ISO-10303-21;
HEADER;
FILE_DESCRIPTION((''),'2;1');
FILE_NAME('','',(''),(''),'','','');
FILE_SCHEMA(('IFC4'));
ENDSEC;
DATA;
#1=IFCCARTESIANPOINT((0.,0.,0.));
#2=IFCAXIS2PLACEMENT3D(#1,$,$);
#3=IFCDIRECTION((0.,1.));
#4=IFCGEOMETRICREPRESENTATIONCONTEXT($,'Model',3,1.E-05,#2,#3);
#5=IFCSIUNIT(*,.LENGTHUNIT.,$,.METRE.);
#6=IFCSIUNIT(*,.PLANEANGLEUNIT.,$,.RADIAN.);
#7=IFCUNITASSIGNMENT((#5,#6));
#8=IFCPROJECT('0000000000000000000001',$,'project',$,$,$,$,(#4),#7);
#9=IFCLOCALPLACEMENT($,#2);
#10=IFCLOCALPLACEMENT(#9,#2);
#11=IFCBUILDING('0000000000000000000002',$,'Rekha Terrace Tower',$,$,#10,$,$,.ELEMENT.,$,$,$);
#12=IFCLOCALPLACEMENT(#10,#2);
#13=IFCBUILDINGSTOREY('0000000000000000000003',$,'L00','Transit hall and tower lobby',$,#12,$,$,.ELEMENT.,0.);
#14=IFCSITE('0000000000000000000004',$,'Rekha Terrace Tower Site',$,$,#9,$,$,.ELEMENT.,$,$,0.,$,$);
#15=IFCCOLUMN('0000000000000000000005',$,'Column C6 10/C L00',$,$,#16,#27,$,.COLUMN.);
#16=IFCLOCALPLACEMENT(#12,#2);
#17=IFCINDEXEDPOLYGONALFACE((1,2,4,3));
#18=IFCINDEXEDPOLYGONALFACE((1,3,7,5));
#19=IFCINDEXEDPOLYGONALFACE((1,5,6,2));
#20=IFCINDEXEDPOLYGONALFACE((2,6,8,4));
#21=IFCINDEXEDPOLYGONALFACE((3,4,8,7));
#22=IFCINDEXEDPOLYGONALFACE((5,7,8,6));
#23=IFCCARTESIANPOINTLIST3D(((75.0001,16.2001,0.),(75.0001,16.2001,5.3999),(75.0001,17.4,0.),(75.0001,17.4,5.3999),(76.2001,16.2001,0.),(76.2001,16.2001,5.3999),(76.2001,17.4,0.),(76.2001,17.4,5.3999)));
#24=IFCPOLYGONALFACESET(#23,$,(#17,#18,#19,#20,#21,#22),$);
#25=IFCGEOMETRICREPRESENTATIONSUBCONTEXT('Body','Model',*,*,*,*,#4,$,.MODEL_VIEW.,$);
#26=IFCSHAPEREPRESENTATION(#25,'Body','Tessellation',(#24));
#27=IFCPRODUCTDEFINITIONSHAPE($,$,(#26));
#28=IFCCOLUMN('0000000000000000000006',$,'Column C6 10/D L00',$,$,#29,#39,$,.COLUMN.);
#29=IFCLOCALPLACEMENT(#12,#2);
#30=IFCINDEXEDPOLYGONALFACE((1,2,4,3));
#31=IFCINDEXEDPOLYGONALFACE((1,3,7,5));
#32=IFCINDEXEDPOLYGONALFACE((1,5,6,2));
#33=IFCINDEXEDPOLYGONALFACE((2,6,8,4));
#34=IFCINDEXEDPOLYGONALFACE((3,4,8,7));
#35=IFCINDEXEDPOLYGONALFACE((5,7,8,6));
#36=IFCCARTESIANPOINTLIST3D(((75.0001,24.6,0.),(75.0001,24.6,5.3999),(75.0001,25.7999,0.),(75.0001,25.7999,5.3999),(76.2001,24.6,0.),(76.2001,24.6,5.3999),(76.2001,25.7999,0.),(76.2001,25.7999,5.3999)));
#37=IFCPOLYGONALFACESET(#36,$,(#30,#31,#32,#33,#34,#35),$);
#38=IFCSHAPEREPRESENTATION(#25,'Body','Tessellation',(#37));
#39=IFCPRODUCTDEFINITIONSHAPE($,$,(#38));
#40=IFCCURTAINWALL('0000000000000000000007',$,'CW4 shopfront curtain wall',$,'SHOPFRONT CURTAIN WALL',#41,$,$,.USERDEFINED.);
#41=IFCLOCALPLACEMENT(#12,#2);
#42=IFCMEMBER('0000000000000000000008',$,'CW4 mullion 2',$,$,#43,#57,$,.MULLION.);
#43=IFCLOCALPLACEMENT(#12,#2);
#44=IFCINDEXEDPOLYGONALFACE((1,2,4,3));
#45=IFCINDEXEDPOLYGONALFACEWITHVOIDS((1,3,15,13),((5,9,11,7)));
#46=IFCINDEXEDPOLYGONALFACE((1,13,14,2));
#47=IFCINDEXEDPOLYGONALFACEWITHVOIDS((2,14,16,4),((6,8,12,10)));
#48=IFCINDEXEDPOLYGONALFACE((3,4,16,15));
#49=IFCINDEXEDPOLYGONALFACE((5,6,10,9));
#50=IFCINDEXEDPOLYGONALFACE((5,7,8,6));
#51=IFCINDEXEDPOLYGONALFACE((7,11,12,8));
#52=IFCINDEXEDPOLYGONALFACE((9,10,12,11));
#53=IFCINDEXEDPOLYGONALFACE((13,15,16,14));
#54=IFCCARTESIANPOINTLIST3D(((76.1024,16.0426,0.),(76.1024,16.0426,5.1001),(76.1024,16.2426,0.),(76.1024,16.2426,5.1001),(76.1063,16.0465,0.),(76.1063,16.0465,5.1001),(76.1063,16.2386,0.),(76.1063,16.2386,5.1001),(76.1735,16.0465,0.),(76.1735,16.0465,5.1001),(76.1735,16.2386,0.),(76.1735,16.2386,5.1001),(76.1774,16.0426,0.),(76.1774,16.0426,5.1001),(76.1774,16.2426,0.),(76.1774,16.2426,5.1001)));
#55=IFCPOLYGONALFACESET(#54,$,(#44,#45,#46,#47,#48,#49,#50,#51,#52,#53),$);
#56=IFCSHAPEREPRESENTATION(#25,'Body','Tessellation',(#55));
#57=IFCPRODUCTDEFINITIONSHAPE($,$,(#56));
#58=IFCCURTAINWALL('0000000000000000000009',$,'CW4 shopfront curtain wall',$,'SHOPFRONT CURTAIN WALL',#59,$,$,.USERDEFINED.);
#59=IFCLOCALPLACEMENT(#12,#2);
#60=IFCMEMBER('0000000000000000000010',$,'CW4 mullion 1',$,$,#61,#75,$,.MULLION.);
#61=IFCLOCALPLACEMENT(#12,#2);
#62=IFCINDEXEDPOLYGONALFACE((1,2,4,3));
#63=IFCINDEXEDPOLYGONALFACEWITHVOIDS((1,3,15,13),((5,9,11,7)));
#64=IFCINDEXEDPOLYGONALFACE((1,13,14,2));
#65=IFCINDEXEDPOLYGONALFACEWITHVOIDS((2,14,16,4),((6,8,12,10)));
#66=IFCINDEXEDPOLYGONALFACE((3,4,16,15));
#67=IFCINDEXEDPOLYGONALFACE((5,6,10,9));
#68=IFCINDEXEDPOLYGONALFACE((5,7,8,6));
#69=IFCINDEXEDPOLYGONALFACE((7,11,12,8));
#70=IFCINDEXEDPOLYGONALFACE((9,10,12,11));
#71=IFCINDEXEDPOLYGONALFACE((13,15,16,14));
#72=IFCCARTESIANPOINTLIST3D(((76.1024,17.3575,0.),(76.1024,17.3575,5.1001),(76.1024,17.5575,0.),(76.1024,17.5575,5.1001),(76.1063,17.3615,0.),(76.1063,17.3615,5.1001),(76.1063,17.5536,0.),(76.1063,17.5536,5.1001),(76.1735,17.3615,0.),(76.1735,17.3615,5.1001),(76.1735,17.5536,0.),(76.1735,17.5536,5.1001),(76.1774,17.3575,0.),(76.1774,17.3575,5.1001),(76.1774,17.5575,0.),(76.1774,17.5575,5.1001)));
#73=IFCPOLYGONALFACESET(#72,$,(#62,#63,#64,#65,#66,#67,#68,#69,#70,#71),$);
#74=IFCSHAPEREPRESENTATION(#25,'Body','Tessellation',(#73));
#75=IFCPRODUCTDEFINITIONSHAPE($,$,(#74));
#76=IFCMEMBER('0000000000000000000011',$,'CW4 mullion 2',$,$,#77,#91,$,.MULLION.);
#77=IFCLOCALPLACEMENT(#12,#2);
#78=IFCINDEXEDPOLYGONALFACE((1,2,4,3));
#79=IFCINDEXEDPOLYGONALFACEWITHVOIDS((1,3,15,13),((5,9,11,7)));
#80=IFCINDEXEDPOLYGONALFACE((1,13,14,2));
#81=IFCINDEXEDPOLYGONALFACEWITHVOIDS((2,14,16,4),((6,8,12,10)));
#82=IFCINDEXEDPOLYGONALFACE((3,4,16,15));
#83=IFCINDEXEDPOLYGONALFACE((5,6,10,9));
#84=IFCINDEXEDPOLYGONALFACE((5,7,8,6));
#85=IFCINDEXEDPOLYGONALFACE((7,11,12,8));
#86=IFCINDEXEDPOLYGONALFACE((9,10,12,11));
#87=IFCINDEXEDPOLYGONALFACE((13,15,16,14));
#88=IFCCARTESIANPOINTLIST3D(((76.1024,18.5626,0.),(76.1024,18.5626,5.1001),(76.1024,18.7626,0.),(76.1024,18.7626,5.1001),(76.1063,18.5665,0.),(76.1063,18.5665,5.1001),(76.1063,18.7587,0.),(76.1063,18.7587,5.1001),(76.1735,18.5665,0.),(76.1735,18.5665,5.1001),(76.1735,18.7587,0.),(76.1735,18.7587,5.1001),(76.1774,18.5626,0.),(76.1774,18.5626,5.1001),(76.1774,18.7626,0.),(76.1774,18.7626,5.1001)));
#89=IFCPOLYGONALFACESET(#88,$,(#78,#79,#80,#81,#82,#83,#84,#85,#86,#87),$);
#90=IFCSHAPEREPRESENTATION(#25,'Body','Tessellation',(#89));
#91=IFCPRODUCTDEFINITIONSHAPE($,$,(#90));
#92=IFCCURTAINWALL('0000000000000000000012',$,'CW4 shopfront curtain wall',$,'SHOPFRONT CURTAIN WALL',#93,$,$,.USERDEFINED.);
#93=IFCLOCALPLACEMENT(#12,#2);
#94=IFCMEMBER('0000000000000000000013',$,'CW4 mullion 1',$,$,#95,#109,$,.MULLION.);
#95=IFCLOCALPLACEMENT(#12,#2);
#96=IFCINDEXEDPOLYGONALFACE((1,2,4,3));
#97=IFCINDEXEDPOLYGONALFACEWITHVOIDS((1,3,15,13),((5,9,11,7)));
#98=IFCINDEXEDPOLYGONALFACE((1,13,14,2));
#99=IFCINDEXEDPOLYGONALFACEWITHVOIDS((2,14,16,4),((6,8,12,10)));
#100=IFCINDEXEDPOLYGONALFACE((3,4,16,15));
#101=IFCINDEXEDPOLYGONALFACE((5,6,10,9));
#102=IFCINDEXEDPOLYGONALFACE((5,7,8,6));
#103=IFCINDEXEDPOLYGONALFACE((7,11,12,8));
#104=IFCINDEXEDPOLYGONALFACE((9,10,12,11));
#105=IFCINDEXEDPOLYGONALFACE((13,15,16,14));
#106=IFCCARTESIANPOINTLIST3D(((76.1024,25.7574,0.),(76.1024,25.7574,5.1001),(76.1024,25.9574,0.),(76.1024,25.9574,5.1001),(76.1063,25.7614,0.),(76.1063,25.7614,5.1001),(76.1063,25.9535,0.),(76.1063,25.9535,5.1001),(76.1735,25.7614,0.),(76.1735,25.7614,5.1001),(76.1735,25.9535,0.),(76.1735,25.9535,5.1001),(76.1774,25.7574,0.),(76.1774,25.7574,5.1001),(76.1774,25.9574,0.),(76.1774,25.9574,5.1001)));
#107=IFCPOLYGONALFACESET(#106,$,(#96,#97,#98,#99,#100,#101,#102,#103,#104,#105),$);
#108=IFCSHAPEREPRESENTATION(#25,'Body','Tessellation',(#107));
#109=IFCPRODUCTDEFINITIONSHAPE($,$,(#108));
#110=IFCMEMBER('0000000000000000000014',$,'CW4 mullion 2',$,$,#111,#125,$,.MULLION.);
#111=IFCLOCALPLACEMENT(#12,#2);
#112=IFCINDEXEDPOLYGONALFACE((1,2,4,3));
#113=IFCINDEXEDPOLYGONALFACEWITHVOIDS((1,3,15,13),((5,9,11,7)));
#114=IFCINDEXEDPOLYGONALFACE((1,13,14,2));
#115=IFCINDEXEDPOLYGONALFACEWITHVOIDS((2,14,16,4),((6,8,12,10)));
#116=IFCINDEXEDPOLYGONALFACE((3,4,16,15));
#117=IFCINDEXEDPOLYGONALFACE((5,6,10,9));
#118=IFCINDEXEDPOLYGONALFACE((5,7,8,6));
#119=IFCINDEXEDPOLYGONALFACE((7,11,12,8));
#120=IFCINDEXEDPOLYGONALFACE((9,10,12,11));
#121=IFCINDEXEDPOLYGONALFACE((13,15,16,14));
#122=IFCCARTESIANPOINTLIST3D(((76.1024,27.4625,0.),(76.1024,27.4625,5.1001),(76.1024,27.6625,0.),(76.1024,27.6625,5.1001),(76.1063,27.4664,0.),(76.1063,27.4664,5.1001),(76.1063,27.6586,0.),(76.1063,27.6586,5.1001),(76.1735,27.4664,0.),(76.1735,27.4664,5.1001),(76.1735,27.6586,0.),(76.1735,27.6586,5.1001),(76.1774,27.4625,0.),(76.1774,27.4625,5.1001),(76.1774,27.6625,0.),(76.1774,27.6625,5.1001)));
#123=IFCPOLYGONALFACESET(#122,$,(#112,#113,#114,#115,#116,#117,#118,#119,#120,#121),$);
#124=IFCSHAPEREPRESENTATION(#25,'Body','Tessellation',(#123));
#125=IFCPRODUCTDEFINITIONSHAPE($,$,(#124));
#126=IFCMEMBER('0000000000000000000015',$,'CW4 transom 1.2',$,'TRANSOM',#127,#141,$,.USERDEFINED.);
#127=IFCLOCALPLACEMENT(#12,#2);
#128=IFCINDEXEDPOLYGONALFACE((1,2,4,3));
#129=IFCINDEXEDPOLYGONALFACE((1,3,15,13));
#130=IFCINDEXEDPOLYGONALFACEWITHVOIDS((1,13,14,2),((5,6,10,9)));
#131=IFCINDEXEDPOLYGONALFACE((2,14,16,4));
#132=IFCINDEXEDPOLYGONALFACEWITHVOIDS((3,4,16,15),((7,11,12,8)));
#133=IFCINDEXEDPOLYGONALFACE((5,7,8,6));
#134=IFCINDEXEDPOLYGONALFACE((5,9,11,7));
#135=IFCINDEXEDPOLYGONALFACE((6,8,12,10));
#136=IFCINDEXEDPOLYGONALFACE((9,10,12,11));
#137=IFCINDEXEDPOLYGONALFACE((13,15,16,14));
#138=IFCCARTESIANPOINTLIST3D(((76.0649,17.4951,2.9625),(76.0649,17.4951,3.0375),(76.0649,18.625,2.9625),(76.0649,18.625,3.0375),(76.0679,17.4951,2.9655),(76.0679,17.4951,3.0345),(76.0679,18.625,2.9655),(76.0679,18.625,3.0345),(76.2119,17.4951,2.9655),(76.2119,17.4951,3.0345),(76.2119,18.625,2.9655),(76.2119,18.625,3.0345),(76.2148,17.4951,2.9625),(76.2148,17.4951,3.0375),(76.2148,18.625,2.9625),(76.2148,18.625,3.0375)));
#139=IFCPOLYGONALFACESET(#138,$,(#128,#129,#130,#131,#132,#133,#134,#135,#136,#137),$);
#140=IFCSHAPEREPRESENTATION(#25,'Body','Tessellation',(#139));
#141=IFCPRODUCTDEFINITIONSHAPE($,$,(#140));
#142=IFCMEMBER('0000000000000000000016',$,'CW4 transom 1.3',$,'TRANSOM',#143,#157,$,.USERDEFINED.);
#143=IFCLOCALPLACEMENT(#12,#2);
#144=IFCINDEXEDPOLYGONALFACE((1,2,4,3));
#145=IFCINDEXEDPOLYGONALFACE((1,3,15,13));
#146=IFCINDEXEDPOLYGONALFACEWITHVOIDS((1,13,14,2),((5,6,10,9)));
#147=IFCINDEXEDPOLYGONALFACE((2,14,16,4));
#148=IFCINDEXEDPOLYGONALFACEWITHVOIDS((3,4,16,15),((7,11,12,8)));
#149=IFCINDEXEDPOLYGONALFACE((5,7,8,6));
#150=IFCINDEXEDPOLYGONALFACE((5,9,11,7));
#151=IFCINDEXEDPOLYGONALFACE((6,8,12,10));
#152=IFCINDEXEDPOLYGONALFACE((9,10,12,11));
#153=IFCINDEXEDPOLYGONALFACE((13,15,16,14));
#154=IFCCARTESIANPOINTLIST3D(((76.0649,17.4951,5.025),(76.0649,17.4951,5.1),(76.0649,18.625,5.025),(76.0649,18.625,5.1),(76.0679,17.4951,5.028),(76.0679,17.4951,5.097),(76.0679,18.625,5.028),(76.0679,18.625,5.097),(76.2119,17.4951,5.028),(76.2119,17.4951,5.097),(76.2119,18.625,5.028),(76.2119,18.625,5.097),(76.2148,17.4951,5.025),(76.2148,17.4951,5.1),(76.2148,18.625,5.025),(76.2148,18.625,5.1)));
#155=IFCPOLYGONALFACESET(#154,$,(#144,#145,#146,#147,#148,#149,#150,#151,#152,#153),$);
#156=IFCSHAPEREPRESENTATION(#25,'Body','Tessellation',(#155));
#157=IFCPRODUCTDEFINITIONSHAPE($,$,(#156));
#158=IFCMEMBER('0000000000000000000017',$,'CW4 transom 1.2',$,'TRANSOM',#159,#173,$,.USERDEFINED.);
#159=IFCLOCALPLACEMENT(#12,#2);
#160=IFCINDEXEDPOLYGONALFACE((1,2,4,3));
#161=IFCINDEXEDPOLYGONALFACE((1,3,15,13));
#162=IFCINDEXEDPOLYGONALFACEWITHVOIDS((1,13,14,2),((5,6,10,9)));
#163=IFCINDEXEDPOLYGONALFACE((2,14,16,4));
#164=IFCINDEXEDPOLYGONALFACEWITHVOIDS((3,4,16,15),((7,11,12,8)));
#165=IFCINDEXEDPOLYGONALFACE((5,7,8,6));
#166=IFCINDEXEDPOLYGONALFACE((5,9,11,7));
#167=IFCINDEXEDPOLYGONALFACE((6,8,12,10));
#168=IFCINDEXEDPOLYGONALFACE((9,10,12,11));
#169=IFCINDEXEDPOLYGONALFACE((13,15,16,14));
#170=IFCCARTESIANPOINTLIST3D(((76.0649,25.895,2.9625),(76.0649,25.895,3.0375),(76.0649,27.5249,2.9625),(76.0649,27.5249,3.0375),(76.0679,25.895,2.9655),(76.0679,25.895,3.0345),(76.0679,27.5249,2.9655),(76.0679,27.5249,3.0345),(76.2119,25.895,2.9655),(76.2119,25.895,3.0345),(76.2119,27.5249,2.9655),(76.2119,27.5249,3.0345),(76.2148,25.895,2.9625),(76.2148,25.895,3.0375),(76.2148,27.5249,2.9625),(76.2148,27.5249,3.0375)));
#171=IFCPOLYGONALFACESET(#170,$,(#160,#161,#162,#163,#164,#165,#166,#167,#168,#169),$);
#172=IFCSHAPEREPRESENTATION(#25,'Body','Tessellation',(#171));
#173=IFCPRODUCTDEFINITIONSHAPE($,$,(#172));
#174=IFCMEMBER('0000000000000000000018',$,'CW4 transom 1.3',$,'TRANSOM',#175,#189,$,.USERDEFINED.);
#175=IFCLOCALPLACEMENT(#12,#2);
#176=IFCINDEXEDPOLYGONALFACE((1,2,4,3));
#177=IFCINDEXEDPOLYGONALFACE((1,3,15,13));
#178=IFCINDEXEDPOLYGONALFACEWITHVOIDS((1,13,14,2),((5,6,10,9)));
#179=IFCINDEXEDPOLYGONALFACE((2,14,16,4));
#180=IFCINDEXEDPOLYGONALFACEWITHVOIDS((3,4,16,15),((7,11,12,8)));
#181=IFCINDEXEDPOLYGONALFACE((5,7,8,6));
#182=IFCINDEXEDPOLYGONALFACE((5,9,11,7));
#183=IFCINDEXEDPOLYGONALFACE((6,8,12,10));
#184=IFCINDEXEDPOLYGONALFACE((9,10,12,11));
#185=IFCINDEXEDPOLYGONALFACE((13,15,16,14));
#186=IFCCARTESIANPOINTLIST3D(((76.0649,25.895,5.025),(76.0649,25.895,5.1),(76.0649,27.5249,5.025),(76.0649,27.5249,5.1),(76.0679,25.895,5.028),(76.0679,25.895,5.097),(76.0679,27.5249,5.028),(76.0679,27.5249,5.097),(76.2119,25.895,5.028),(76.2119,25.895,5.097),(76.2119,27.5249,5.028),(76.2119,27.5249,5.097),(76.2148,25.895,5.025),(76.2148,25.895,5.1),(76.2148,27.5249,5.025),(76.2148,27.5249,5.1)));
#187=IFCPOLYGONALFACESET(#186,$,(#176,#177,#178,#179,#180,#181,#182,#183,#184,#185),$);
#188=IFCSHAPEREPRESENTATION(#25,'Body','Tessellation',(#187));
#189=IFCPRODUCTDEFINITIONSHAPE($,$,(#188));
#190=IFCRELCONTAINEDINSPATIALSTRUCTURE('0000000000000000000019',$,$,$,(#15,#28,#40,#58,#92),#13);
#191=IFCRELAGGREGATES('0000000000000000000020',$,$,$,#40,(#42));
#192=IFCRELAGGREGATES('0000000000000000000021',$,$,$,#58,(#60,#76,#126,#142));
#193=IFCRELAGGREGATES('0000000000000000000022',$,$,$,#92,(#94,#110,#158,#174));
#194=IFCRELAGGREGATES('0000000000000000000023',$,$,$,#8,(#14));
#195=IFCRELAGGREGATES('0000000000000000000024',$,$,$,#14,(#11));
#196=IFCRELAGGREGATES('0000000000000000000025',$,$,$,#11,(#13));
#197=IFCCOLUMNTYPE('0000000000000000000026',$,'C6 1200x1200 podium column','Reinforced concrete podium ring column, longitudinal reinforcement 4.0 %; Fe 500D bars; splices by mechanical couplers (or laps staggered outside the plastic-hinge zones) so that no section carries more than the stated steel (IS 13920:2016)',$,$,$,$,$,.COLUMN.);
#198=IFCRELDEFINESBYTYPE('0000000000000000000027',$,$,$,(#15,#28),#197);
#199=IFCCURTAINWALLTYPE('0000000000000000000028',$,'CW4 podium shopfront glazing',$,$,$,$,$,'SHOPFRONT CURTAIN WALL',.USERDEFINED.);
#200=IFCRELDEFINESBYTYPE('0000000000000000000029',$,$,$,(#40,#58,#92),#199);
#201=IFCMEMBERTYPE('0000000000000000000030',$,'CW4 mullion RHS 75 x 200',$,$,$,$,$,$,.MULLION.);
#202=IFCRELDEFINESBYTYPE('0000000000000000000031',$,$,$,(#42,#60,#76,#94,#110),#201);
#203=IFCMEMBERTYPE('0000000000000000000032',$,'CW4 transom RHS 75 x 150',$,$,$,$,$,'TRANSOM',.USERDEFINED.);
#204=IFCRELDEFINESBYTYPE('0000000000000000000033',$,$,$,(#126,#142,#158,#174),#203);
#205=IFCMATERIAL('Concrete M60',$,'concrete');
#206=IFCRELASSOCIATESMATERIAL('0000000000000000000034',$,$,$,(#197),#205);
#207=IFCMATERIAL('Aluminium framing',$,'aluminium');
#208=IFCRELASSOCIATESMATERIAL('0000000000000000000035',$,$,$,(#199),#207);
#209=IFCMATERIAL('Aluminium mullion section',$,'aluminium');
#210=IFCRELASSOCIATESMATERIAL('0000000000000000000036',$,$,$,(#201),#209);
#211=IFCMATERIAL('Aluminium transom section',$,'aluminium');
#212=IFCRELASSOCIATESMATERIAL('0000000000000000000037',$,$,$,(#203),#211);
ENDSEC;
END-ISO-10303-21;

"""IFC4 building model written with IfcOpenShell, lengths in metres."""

from ifc_helpers import new_model, si_unit, direction, frame, origin, origin_2d, place, context, subcontext, project, spatial, rectangle, hollow_rectangle, extrude, material, material_profile, profile_set, type_object, element, aggregate, save


model = new_model("IFC4")

# Units and contexts
model_context = context("Model", 3, precision=1e-05, world=origin(), true_north=direction((0.0, 1.0)))
body_context = subcontext(model_context, "Body", "Model", "MODEL_VIEW")
ifc_project = project(units=[si_unit("LENGTHUNIT", "METRE"), si_unit("PLANEANGLEUNIT", "RADIAN")], contexts=[model_context])

# Site, building, storey
site_placement = place(None, origin())
site = spatial("IfcSite", under=ifc_project, at=site_placement, Name="Rekha Terrace Tower Site", CompositionType="ELEMENT", RefElevation=0.0)
building_placement = place(site_placement, origin())
building = spatial("IfcBuilding", under=site, at=building_placement, Name="Rekha Terrace Tower", CompositionType="ELEMENT")
storey_placement = place(building_placement, origin())
storey = spatial("IfcBuildingStorey", under=building, at=storey_placement, Name="L00", Description="Transit hall and tower lobby", CompositionType="ELEMENT", Elevation=0.0)

# Columns
ifc_material_1 = material(Name="Concrete M60", Category="concrete")
ifc_material_profile_1 = material_profile(ifc_material_1, rectangle(XDim=1.2, YDim=1.2, at=origin_2d()), Name="RC 1200x1200")
ifc_profile_set_1 = profile_set([ifc_material_profile_1], Name="Concrete M60")
column_type = type_object("IfcColumnType", Name="C6 1200x1200 podium column", Description="Reinforced concrete podium ring column, longitudinal reinforcement 4.0 %; Fe 500D bars; splices by mechanical couplers (or laps staggered outside the plastic-hinge zones) so that no section carries more than the stated steel (IS 13920:2016)", PredefinedType="COLUMN", material=ifc_profile_set_1)
for number, where, z_axis, x_axis, name in (
    (1, (75.6001, 16.8, 0.0), (0.0, 0.0, 1.0), (1.0, 0.0, 0.0), "Column C6 10/C L00"),
    (2, (75.6001, 25.2, 0.0), (0.0, 0.0, 1.0), (1.0, 0.0, 0.0), "Column C6 10/D L00"),
):
    element("IfcColumn", number, at=place(storey_placement, frame(where, z_axis=z_axis, x_axis=x_axis)), inside=storey, type_object=column_type, Name=name, PredefinedType="COLUMN", context=body_context, shape_type="SweptSolid", body=[
        extrude(rectangle(XDim=1.2, YDim=1.2, at=origin_2d()), origin(), (0.0, 0.0, 1.0), 5.3999),
    ])

# Curtain wall, member
ifc_material_2 = material(Name="Aluminium framing", Category="aluminium")
curtain_wall_type = type_object("IfcCurtainWallType", Name="CW4 podium shopfront glazing", ElementType="SHOPFRONT CURTAIN WALL", PredefinedType="USERDEFINED", material=ifc_material_2)
curtain_wall_1_placement = place(storey_placement, origin())
curtain_wall_1 = element("IfcCurtainWall", 3, at=curtain_wall_1_placement, inside=storey, type_object=curtain_wall_type, Name="CW4 shopfront curtain wall", ObjectType="SHOPFRONT CURTAIN WALL", PredefinedType="USERDEFINED")
ifc_material_3 = material(Name="Aluminium mullion section", Category="aluminium")
ifc_material_profile_2 = material_profile(ifc_material_3, hollow_rectangle(XDim=0.075, YDim=0.2, WallThickness=0.0039, at=origin_2d()), Name="AL RHS 75x200")
ifc_profile_set_2 = profile_set([ifc_material_profile_2], Name="Aluminium mullion section")
member_type_1 = type_object("IfcMemberType", Name="CW4 mullion RHS 75 x 200", PredefinedType="MULLION", material=ifc_profile_set_2)
member_1_placement = place(storey_placement, frame((76.1399, 16.1426, 0.0), z_axis=(0.0, 0.0, 1.0), x_axis=(-1.0, 0.0, 0.0)))
member_1 = element("IfcMember", 4, at=member_1_placement, type_object=member_type_1, Name="CW4 mullion 2", PredefinedType="MULLION", context=body_context, shape_type="SweptSolid", body=[
    extrude(hollow_rectangle(XDim=0.075, YDim=0.2, WallThickness=0.0039, at=origin_2d()), origin(), (0.0, 0.0, 1.0), 5.1001),
])

# Curtain walls, members
curtain_wall_2_placement = place(storey_placement, origin())
curtain_wall_2 = element("IfcCurtainWall", 5, at=curtain_wall_2_placement, inside=storey, type_object=curtain_wall_type, Name="CW4 shopfront curtain wall", ObjectType="SHOPFRONT CURTAIN WALL", PredefinedType="USERDEFINED")
member_2_placement = place(storey_placement, frame((76.1399, 17.4575, 0.0), z_axis=(0.0, 0.0, 1.0), x_axis=(-1.0, 0.0, 0.0)))
member_2 = element("IfcMember", 6, at=member_2_placement, type_object=member_type_1, Name="CW4 mullion 1", PredefinedType="MULLION", context=body_context, shape_type="SweptSolid", body=[
    extrude(hollow_rectangle(XDim=0.075, YDim=0.2, WallThickness=0.0039, at=origin_2d()), origin(), (0.0, 0.0, 1.0), 5.1001),
])
member_3_placement = place(storey_placement, frame((76.1399, 18.6626, 0.0), z_axis=(0.0, 0.0, 1.0), x_axis=(-1.0, 0.0, 0.0)))
member_3 = element("IfcMember", 7, at=member_3_placement, type_object=member_type_1, Name="CW4 mullion 2", PredefinedType="MULLION", context=body_context, shape_type="SweptSolid", body=[
    extrude(hollow_rectangle(XDim=0.075, YDim=0.2, WallThickness=0.0039, at=origin_2d()), origin(), (0.0, 0.0, 1.0), 5.1001),
])
curtain_wall_3_placement = place(storey_placement, origin())
curtain_wall_3 = element("IfcCurtainWall", 8, at=curtain_wall_3_placement, inside=storey, type_object=curtain_wall_type, Name="CW4 shopfront curtain wall", ObjectType="SHOPFRONT CURTAIN WALL", PredefinedType="USERDEFINED")
member_4_placement = place(storey_placement, frame((76.1399, 25.8574, 0.0), z_axis=(0.0, 0.0, 1.0), x_axis=(-1.0, 0.0, 0.0)))
member_4 = element("IfcMember", 9, at=member_4_placement, type_object=member_type_1, Name="CW4 mullion 1", PredefinedType="MULLION", context=body_context, shape_type="SweptSolid", body=[
    extrude(hollow_rectangle(XDim=0.075, YDim=0.2, WallThickness=0.0039, at=origin_2d()), origin(), (0.0, 0.0, 1.0), 5.1001),
])
member_5_placement = place(storey_placement, frame((76.1399, 27.5625, 0.0), z_axis=(0.0, 0.0, 1.0), x_axis=(-1.0, 0.0, 0.0)))
member_5 = element("IfcMember", 10, at=member_5_placement, type_object=member_type_1, Name="CW4 mullion 2", PredefinedType="MULLION", context=body_context, shape_type="SweptSolid", body=[
    extrude(hollow_rectangle(XDim=0.075, YDim=0.2, WallThickness=0.0039, at=origin_2d()), origin(), (0.0, 0.0, 1.0), 5.1001),
])

# Members
ifc_material_4 = material(Name="Aluminium transom section", Category="aluminium")
ifc_material_profile_3 = material_profile(ifc_material_4, hollow_rectangle(XDim=0.1499, YDim=0.075, WallThickness=0.0029, at=origin_2d()), Name="AL RHS 150x75")
ifc_profile_set_3 = profile_set([ifc_material_profile_3], Name="Aluminium transom section")
member_type_2 = type_object("IfcMemberType", Name="CW4 transom RHS 75 x 150", ElementType="TRANSOM", PredefinedType="USERDEFINED", material=ifc_profile_set_3)
member_6_placement = place(storey_placement, frame((76.1399, 17.4951, 3.0), z_axis=(0.0, 1.0, 0.0), x_axis=(-1.0, 0.0, 0.0)))
member_6 = element("IfcMember", 11, at=member_6_placement, type_object=member_type_2, Name="CW4 transom 1.2", ObjectType="TRANSOM", PredefinedType="USERDEFINED", context=body_context, shape_type="SweptSolid", body=[
    extrude(hollow_rectangle(XDim=0.1499, YDim=0.075, WallThickness=0.0029, at=origin_2d()), origin(), (0.0, 0.0, 1.0), 1.1299),
])
member_7_placement = place(storey_placement, frame((76.1399, 17.4951, 5.0625), z_axis=(0.0, 1.0, 0.0), x_axis=(-1.0, 0.0, 0.0)))
member_7 = element("IfcMember", 12, at=member_7_placement, type_object=member_type_2, Name="CW4 transom 1.3", ObjectType="TRANSOM", PredefinedType="USERDEFINED", context=body_context, shape_type="SweptSolid", body=[
    extrude(hollow_rectangle(XDim=0.1499, YDim=0.075, WallThickness=0.0029, at=origin_2d()), origin(), (0.0, 0.0, 1.0), 1.1299),
])
member_8_placement = place(storey_placement, frame((76.1399, 25.895, 3.0), z_axis=(0.0, 1.0, 0.0), x_axis=(-1.0, 0.0, 0.0)))
member_8 = element("IfcMember", 13, at=member_8_placement, type_object=member_type_2, Name="CW4 transom 1.2", ObjectType="TRANSOM", PredefinedType="USERDEFINED", context=body_context, shape_type="SweptSolid", body=[
    extrude(hollow_rectangle(XDim=0.1499, YDim=0.075, WallThickness=0.0029, at=origin_2d()), origin(), (0.0, 0.0, 1.0), 1.6299),
])
member_9_placement = place(storey_placement, frame((76.1399, 25.895, 5.0625), z_axis=(0.0, 1.0, 0.0), x_axis=(-1.0, 0.0, 0.0)))
member_9 = element("IfcMember", 14, at=member_9_placement, type_object=member_type_2, Name="CW4 transom 1.3", ObjectType="TRANSOM", PredefinedType="USERDEFINED", context=body_context, shape_type="SweptSolid", body=[
    extrude(hollow_rectangle(XDim=0.1499, YDim=0.075, WallThickness=0.0029, at=origin_2d()), origin(), (0.0, 0.0, 1.0), 1.6299),
])

aggregate(curtain_wall_1, [member_1])
aggregate(curtain_wall_2, [member_2, member_3, member_6, member_7])
aggregate(curtain_wall_3, [member_4, member_5, member_8, member_9])

save(model, "model.ifc")
